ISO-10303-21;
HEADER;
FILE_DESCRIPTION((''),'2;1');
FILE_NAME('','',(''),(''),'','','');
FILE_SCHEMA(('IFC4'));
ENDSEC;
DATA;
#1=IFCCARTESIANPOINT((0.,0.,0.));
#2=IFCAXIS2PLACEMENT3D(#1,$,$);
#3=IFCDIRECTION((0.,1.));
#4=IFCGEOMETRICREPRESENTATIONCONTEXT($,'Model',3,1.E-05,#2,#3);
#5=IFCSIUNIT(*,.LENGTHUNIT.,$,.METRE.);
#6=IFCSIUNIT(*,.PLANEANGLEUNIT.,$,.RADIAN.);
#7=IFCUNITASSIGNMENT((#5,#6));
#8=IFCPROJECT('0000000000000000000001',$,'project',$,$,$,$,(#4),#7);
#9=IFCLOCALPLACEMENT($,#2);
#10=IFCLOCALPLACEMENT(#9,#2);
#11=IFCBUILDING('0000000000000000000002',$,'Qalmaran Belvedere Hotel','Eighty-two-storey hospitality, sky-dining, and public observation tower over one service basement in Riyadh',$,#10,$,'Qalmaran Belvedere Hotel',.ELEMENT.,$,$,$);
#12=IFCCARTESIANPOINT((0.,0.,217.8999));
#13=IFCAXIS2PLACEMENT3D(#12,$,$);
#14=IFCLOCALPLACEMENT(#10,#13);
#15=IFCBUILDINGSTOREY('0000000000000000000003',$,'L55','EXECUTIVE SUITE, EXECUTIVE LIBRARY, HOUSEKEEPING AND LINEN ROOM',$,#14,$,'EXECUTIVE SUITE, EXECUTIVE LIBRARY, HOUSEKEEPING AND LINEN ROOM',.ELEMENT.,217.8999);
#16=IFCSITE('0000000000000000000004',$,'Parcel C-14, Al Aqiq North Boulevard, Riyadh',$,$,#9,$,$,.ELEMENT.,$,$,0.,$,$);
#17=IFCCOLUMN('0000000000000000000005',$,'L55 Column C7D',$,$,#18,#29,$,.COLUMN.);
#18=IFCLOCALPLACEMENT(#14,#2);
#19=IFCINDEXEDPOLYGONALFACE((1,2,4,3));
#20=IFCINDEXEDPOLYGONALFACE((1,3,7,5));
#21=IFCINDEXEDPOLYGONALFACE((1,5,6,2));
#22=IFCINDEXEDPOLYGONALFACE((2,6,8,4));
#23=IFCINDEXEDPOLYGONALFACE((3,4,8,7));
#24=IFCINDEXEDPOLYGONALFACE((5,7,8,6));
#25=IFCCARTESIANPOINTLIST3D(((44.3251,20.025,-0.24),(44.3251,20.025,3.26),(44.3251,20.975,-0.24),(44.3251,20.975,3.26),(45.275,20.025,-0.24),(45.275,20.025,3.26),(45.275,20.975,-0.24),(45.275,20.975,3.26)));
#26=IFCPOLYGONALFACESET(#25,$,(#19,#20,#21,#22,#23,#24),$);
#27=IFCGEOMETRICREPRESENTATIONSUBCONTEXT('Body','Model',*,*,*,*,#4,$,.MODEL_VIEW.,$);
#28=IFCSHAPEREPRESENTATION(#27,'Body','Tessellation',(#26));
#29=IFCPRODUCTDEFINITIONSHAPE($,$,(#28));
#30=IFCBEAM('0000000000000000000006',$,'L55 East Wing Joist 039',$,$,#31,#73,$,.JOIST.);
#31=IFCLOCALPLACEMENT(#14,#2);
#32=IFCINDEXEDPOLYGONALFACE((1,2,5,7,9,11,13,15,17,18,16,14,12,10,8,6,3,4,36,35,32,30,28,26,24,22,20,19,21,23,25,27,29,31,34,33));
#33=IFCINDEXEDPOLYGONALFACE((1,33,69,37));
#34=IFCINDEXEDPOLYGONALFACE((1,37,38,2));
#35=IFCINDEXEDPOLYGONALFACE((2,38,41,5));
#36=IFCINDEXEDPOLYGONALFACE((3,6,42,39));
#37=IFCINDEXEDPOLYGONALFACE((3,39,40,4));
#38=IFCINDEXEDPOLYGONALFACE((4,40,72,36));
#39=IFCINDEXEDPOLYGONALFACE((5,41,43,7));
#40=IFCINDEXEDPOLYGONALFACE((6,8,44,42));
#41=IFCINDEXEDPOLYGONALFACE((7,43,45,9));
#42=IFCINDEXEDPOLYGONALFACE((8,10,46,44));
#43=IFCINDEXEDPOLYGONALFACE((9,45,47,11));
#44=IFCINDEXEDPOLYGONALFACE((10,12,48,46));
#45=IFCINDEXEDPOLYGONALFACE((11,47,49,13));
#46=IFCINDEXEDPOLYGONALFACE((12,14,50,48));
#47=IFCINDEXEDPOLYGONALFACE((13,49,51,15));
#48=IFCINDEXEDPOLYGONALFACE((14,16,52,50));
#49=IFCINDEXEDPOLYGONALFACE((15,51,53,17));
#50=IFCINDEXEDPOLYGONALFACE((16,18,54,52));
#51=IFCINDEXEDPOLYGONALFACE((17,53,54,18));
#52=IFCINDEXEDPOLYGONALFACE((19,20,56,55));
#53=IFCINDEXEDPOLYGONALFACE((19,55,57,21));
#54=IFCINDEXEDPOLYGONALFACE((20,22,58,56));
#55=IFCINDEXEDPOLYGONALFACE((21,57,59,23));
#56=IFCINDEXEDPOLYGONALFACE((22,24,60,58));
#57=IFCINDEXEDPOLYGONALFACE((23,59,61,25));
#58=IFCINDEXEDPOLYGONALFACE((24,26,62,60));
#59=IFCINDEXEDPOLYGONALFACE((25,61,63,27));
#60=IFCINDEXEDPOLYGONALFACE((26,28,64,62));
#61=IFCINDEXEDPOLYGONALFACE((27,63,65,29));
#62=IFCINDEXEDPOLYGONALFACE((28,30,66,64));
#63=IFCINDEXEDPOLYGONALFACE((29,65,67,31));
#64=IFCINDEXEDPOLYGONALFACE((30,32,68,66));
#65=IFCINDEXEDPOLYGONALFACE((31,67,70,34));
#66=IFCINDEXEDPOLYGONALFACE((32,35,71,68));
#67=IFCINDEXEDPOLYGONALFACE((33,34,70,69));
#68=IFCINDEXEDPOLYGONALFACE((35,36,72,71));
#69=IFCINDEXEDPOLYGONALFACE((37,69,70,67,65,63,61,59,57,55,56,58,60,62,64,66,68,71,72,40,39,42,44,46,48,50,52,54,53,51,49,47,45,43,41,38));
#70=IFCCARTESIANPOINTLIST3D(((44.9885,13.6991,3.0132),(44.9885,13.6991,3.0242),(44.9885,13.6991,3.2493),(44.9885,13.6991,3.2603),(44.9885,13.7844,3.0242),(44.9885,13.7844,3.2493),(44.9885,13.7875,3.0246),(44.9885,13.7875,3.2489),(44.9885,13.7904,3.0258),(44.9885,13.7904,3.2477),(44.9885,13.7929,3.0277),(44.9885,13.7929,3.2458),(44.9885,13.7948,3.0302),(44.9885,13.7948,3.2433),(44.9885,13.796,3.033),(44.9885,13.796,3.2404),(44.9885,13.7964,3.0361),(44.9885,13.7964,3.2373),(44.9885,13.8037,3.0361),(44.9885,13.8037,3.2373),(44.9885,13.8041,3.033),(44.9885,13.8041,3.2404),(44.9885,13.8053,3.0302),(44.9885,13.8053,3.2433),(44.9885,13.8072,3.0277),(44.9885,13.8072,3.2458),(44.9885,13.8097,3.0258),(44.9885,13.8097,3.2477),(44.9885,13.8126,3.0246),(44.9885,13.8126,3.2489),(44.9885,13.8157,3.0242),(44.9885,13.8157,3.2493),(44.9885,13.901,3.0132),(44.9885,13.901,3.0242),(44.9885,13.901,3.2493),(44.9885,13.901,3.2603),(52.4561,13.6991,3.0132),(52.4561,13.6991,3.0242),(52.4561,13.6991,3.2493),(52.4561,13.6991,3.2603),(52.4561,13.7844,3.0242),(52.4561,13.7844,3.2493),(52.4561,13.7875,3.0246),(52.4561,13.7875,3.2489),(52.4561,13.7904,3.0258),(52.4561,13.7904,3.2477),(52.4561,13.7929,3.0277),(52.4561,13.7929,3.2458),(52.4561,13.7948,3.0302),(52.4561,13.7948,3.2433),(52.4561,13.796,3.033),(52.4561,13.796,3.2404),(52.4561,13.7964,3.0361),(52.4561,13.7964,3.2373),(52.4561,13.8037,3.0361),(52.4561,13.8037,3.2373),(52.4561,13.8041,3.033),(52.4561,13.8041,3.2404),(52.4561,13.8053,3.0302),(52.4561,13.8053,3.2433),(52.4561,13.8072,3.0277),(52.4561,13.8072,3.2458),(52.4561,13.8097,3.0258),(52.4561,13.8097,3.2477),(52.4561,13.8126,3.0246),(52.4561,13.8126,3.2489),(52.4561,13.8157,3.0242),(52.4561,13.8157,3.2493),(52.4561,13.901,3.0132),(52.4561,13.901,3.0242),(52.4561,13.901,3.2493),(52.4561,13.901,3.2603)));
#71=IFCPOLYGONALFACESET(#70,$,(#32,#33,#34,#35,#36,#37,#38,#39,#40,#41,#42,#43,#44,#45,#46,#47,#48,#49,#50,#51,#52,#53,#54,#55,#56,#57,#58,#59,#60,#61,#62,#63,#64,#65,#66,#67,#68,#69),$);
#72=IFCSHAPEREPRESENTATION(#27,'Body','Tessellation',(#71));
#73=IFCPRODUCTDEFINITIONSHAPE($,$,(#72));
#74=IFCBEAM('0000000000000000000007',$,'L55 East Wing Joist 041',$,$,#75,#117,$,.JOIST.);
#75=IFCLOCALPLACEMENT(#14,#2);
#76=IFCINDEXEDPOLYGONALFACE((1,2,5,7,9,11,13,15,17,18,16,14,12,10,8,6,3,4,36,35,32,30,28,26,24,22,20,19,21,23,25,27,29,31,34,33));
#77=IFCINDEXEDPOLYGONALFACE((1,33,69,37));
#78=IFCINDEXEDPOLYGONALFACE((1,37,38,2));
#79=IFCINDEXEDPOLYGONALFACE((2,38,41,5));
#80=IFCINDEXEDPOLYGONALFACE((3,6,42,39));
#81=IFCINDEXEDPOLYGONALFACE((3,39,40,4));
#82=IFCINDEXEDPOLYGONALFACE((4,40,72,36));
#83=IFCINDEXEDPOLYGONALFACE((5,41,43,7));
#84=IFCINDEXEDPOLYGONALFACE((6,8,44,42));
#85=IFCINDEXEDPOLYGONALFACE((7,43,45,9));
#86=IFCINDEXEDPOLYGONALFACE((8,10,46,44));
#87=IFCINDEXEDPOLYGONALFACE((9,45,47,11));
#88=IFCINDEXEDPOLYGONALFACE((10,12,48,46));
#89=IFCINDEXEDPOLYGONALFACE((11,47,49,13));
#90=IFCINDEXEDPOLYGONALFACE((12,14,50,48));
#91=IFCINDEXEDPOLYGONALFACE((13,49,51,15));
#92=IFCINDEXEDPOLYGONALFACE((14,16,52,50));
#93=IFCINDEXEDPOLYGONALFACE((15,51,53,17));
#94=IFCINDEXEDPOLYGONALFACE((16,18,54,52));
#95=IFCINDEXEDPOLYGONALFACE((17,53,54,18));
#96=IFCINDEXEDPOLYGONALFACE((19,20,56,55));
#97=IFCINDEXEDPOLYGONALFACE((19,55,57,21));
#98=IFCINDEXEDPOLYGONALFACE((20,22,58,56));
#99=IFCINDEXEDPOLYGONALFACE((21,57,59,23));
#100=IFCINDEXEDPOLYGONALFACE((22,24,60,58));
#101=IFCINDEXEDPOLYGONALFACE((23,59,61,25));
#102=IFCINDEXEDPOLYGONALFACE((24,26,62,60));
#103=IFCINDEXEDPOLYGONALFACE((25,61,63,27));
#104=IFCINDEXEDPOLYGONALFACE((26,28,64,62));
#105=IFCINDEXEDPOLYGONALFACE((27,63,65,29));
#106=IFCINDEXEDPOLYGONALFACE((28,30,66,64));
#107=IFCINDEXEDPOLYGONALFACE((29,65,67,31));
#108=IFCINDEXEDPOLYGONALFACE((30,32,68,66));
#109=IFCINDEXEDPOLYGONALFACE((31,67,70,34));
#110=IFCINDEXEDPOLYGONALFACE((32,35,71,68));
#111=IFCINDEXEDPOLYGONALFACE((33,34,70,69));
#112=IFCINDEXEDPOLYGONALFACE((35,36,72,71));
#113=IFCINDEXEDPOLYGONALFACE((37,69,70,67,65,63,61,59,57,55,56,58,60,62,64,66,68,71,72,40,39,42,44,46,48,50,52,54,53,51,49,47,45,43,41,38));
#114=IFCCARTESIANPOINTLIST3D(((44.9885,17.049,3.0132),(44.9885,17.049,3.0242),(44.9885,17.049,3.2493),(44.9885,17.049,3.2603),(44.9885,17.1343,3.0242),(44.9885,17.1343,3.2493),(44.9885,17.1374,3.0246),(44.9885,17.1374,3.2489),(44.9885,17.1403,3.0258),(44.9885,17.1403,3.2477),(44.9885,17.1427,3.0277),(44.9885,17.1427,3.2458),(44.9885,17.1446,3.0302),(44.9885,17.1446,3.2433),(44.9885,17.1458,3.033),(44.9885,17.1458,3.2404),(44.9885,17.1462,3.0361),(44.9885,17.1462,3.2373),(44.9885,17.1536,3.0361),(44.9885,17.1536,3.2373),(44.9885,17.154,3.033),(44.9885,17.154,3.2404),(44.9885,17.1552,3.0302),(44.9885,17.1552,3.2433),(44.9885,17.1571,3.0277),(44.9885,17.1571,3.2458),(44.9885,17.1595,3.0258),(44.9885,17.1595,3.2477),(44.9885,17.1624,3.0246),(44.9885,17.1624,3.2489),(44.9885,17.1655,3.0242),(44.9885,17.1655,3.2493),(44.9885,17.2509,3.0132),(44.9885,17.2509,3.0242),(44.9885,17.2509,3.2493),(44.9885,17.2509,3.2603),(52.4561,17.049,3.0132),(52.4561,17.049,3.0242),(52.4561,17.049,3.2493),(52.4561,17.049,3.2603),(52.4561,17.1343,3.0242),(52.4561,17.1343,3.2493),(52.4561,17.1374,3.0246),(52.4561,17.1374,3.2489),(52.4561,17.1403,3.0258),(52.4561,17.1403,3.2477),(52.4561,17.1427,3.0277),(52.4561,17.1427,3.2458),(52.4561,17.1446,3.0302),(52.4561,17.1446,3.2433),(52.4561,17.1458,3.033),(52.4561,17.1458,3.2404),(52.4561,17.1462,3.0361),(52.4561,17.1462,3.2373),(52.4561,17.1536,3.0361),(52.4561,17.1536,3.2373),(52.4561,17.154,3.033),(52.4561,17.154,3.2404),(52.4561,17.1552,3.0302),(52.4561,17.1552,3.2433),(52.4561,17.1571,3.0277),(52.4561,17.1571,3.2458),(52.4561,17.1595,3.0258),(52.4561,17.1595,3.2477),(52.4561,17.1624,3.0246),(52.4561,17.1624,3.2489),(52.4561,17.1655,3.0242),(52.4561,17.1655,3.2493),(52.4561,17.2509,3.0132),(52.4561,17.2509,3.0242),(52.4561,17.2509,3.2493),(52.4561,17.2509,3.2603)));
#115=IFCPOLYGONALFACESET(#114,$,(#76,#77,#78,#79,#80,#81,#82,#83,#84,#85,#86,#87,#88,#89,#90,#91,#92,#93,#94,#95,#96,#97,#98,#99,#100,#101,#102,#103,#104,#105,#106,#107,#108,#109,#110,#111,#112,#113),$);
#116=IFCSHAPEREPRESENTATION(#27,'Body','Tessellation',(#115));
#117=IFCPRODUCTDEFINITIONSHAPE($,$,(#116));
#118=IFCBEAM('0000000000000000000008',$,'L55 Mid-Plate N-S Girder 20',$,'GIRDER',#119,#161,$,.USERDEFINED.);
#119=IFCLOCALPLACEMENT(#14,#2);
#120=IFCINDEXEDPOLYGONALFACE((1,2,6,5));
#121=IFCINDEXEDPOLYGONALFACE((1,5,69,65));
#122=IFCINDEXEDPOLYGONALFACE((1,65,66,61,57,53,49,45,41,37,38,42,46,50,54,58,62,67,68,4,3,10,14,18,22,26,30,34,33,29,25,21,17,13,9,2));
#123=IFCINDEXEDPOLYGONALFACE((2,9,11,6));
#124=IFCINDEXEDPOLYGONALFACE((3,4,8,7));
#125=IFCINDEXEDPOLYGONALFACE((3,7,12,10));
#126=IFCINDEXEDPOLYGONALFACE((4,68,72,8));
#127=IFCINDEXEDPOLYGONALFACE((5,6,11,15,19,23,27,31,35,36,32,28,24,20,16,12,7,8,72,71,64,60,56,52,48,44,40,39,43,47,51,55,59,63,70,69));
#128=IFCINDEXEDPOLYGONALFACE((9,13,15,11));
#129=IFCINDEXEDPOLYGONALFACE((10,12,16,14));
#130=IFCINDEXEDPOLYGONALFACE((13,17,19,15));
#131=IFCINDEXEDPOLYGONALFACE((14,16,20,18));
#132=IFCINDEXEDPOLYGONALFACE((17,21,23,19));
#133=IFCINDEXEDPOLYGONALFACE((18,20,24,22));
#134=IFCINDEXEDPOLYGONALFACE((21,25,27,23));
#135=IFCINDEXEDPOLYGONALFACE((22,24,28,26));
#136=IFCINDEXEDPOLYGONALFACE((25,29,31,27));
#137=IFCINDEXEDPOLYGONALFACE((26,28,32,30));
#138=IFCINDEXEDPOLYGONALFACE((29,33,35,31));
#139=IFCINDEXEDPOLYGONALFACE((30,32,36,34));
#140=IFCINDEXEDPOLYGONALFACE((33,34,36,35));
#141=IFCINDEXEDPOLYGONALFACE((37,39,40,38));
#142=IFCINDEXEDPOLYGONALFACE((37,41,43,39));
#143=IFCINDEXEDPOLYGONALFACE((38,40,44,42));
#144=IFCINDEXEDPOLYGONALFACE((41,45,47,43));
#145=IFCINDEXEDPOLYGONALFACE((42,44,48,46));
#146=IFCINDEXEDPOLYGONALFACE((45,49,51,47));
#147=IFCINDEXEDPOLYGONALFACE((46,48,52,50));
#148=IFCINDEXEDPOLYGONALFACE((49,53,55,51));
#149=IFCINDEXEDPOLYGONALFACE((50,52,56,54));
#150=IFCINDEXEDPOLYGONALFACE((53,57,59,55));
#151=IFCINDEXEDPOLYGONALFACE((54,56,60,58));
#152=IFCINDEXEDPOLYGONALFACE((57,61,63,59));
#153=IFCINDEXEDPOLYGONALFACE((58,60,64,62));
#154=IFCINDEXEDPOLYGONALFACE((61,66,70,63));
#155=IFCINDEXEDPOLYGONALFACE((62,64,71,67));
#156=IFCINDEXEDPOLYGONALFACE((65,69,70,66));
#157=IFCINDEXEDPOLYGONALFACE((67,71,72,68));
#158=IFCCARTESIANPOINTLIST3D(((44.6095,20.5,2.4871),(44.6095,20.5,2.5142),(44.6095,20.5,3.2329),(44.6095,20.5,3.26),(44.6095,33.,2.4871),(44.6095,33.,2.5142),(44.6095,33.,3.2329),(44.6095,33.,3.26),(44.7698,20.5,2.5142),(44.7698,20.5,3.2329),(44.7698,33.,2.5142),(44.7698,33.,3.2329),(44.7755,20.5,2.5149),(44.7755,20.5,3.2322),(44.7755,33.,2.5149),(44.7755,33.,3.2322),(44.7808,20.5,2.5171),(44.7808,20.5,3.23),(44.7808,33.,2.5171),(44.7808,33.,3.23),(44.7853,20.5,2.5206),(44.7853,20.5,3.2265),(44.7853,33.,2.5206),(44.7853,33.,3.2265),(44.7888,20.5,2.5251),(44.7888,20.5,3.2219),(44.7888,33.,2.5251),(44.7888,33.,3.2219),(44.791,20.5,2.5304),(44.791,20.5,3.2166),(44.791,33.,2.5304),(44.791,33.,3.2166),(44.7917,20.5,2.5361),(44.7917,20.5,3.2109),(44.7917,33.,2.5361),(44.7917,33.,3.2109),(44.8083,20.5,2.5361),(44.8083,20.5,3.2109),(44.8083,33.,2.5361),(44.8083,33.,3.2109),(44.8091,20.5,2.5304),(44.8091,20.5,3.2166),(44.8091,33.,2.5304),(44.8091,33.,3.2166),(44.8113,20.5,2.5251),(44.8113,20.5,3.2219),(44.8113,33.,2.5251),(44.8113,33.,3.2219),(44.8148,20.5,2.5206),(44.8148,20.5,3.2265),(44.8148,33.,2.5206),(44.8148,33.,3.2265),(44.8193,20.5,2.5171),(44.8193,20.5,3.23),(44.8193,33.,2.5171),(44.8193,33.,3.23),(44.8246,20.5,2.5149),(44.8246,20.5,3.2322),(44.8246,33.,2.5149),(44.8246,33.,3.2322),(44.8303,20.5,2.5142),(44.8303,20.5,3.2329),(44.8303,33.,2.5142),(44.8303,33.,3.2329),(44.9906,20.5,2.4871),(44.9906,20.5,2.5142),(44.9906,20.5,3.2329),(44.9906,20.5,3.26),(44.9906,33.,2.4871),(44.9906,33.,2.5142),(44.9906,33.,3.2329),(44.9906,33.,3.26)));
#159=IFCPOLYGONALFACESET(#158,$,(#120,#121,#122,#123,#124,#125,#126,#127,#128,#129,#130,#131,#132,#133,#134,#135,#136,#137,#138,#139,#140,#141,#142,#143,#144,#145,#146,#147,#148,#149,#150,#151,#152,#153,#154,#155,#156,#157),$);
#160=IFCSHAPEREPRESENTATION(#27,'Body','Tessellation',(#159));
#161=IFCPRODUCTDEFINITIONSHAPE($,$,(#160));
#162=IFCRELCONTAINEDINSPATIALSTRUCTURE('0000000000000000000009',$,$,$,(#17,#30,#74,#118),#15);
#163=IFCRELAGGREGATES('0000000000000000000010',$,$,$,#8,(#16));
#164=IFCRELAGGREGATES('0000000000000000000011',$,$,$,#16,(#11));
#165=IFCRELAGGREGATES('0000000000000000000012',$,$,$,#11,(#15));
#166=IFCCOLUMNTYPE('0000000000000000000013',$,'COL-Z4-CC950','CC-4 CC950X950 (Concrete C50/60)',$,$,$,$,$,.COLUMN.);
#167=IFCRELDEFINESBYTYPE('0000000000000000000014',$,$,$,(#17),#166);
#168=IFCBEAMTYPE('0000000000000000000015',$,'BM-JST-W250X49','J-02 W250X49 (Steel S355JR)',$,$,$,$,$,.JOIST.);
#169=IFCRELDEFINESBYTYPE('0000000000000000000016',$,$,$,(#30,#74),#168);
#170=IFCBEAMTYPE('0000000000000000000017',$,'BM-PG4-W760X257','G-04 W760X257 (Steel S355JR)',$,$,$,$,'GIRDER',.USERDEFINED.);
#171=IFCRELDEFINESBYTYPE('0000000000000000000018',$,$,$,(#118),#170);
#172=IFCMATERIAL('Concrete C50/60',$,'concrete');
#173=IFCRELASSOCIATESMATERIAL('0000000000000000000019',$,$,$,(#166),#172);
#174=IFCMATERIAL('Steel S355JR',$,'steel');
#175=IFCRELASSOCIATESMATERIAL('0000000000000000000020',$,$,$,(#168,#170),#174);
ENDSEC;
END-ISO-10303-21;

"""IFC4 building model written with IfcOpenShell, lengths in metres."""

from ifc_helpers import new_model, si_unit, direction, frame, origin, origin_2d, place, context, subcontext, project, spatial, rectangle, i_section, extrude, material, material_profile, profile_set, type_object, element, save


model = new_model("IFC4")

# Units and contexts
model_context = context("Model", 3, precision=1e-05, world=origin(), true_north=direction((0.0, 1.0)))
body_context = subcontext(model_context, "Body", "Model", "MODEL_VIEW")
ifc_project = project(units=[si_unit("LENGTHUNIT", "METRE"), si_unit("PLANEANGLEUNIT", "RADIAN")], contexts=[model_context])

# Site, building, storey
site_placement = place(None, origin())
site = spatial("IfcSite", under=ifc_project, at=site_placement, Name="Parcel C-14, Al Aqiq North Boulevard, Riyadh", CompositionType="ELEMENT", RefElevation=0.0)
building_placement = place(site_placement, origin())
building = spatial("IfcBuilding", under=site, at=building_placement, Name="Qalmaran Belvedere Hotel", Description="Eighty-two-storey hospitality, sky-dining, and public observation tower over one service basement in Riyadh", LongName="Qalmaran Belvedere Hotel", CompositionType="ELEMENT")
storey_placement = place(building_placement, frame((0.0, 0.0, 217.8999)))
storey = spatial("IfcBuildingStorey", under=building, at=storey_placement, Name="L55", Description="EXECUTIVE SUITE, EXECUTIVE LIBRARY, HOUSEKEEPING AND LINEN ROOM", LongName="EXECUTIVE SUITE, EXECUTIVE LIBRARY, HOUSEKEEPING AND LINEN ROOM", CompositionType="ELEMENT", Elevation=217.8999)

# Column
ifc_material_1 = material(Name="Concrete C50/60", Category="concrete")
ifc_material_profile_1 = material_profile(ifc_material_1, rectangle(XDim=0.95, YDim=0.95, at=origin_2d()), Name="CC950X950")
ifc_profile_set_1 = profile_set([ifc_material_profile_1], Name="Concrete C50/60")
column_type = type_object("IfcColumnType", Name="COL-Z4-CC950", Description="CC-4 CC950X950 (Concrete C50/60)", PredefinedType="COLUMN", material=ifc_profile_set_1)
column_placement = place(storey_placement, frame((44.8, 20.5, -0.24), z_axis=(0.0, 0.0, 1.0), x_axis=(1.0, 0.0, 0.0)))
element("IfcColumn", 1, at=column_placement, inside=storey, type_object=column_type, Name="L55 Column C7D", PredefinedType="COLUMN", context=body_context, shape_type="SweptSolid", body=[
    extrude(rectangle(XDim=0.95, YDim=0.95, at=origin_2d()), origin(), (0.0, 0.0, 1.0), 3.5),
])

# Beams
ifc_material_2 = material(Name="Steel S355JR", Category="steel")
ifc_material_profile_2 = material_profile(ifc_material_2, i_section(OverallWidth=0.2019, OverallDepth=0.2471, WebThickness=0.0073, FlangeThickness=0.011, FilletRadius=0.012, at=origin_2d()), Name="W250X49")
ifc_profile_set_2 = profile_set([ifc_material_profile_2], Name="Steel S355JR")
beam_type_1 = type_object("IfcBeamType", Name="BM-JST-W250X49", Description="J-02 W250X49 (Steel S355JR)", PredefinedType="JOIST", material=ifc_profile_set_2)
for number, where, z_axis, x_axis, name in (
    (2, (44.9885, 13.8, 3.1367), (1.0, 0.0, 0.0), (0.0, 1.0, 0.0), "L55 East Wing Joist 039"),
    (3, (44.9885, 17.1499, 3.1367), (1.0, 0.0, 0.0), (0.0, 1.0, 0.0), "L55 East Wing Joist 041"),
):
    element("IfcBeam", number, at=place(storey_placement, frame(where, z_axis=z_axis, x_axis=x_axis)), inside=storey, type_object=beam_type_1, Name=name, PredefinedType="JOIST", context=body_context, shape_type="SweptSolid", body=[
        extrude(i_section(OverallWidth=0.2019, OverallDepth=0.2471, WebThickness=0.0073, FlangeThickness=0.011, FilletRadius=0.012, at=origin_2d()), origin(), (0.0, 0.0, 1.0), 7.4675),
    ])
ifc_material_profile_3 = material_profile(ifc_material_2, i_section(OverallWidth=0.3811, OverallDepth=0.7729, WebThickness=0.0166, FlangeThickness=0.0271, FilletRadius=0.022, at=origin_2d()), Name="W760X257")
ifc_profile_set_3 = profile_set([ifc_material_profile_3], Name="Steel S355JR")
beam_type_2 = type_object("IfcBeamType", Name="BM-PG4-W760X257", Description="G-04 W760X257 (Steel S355JR)", ElementType="GIRDER", PredefinedType="USERDEFINED", material=ifc_profile_set_3)
beam_1_placement = place(storey_placement, frame((44.8, 20.5, 2.8735), z_axis=(0.0, 1.0, 0.0), x_axis=(-1.0, 0.0, 0.0)))
element("IfcBeam", 4, at=beam_1_placement, inside=storey, type_object=beam_type_2, Name="L55 Mid-Plate N-S Girder 20", ObjectType="GIRDER", PredefinedType="USERDEFINED", context=body_context, shape_type="SweptSolid", body=[
    extrude(i_section(OverallWidth=0.3811, OverallDepth=0.7729, WebThickness=0.0166, FlangeThickness=0.0271, FilletRadius=0.022, at=origin_2d()), origin(), (0.0, 0.0, 1.0), 12.5),
])

save(model, "model.ifc")
